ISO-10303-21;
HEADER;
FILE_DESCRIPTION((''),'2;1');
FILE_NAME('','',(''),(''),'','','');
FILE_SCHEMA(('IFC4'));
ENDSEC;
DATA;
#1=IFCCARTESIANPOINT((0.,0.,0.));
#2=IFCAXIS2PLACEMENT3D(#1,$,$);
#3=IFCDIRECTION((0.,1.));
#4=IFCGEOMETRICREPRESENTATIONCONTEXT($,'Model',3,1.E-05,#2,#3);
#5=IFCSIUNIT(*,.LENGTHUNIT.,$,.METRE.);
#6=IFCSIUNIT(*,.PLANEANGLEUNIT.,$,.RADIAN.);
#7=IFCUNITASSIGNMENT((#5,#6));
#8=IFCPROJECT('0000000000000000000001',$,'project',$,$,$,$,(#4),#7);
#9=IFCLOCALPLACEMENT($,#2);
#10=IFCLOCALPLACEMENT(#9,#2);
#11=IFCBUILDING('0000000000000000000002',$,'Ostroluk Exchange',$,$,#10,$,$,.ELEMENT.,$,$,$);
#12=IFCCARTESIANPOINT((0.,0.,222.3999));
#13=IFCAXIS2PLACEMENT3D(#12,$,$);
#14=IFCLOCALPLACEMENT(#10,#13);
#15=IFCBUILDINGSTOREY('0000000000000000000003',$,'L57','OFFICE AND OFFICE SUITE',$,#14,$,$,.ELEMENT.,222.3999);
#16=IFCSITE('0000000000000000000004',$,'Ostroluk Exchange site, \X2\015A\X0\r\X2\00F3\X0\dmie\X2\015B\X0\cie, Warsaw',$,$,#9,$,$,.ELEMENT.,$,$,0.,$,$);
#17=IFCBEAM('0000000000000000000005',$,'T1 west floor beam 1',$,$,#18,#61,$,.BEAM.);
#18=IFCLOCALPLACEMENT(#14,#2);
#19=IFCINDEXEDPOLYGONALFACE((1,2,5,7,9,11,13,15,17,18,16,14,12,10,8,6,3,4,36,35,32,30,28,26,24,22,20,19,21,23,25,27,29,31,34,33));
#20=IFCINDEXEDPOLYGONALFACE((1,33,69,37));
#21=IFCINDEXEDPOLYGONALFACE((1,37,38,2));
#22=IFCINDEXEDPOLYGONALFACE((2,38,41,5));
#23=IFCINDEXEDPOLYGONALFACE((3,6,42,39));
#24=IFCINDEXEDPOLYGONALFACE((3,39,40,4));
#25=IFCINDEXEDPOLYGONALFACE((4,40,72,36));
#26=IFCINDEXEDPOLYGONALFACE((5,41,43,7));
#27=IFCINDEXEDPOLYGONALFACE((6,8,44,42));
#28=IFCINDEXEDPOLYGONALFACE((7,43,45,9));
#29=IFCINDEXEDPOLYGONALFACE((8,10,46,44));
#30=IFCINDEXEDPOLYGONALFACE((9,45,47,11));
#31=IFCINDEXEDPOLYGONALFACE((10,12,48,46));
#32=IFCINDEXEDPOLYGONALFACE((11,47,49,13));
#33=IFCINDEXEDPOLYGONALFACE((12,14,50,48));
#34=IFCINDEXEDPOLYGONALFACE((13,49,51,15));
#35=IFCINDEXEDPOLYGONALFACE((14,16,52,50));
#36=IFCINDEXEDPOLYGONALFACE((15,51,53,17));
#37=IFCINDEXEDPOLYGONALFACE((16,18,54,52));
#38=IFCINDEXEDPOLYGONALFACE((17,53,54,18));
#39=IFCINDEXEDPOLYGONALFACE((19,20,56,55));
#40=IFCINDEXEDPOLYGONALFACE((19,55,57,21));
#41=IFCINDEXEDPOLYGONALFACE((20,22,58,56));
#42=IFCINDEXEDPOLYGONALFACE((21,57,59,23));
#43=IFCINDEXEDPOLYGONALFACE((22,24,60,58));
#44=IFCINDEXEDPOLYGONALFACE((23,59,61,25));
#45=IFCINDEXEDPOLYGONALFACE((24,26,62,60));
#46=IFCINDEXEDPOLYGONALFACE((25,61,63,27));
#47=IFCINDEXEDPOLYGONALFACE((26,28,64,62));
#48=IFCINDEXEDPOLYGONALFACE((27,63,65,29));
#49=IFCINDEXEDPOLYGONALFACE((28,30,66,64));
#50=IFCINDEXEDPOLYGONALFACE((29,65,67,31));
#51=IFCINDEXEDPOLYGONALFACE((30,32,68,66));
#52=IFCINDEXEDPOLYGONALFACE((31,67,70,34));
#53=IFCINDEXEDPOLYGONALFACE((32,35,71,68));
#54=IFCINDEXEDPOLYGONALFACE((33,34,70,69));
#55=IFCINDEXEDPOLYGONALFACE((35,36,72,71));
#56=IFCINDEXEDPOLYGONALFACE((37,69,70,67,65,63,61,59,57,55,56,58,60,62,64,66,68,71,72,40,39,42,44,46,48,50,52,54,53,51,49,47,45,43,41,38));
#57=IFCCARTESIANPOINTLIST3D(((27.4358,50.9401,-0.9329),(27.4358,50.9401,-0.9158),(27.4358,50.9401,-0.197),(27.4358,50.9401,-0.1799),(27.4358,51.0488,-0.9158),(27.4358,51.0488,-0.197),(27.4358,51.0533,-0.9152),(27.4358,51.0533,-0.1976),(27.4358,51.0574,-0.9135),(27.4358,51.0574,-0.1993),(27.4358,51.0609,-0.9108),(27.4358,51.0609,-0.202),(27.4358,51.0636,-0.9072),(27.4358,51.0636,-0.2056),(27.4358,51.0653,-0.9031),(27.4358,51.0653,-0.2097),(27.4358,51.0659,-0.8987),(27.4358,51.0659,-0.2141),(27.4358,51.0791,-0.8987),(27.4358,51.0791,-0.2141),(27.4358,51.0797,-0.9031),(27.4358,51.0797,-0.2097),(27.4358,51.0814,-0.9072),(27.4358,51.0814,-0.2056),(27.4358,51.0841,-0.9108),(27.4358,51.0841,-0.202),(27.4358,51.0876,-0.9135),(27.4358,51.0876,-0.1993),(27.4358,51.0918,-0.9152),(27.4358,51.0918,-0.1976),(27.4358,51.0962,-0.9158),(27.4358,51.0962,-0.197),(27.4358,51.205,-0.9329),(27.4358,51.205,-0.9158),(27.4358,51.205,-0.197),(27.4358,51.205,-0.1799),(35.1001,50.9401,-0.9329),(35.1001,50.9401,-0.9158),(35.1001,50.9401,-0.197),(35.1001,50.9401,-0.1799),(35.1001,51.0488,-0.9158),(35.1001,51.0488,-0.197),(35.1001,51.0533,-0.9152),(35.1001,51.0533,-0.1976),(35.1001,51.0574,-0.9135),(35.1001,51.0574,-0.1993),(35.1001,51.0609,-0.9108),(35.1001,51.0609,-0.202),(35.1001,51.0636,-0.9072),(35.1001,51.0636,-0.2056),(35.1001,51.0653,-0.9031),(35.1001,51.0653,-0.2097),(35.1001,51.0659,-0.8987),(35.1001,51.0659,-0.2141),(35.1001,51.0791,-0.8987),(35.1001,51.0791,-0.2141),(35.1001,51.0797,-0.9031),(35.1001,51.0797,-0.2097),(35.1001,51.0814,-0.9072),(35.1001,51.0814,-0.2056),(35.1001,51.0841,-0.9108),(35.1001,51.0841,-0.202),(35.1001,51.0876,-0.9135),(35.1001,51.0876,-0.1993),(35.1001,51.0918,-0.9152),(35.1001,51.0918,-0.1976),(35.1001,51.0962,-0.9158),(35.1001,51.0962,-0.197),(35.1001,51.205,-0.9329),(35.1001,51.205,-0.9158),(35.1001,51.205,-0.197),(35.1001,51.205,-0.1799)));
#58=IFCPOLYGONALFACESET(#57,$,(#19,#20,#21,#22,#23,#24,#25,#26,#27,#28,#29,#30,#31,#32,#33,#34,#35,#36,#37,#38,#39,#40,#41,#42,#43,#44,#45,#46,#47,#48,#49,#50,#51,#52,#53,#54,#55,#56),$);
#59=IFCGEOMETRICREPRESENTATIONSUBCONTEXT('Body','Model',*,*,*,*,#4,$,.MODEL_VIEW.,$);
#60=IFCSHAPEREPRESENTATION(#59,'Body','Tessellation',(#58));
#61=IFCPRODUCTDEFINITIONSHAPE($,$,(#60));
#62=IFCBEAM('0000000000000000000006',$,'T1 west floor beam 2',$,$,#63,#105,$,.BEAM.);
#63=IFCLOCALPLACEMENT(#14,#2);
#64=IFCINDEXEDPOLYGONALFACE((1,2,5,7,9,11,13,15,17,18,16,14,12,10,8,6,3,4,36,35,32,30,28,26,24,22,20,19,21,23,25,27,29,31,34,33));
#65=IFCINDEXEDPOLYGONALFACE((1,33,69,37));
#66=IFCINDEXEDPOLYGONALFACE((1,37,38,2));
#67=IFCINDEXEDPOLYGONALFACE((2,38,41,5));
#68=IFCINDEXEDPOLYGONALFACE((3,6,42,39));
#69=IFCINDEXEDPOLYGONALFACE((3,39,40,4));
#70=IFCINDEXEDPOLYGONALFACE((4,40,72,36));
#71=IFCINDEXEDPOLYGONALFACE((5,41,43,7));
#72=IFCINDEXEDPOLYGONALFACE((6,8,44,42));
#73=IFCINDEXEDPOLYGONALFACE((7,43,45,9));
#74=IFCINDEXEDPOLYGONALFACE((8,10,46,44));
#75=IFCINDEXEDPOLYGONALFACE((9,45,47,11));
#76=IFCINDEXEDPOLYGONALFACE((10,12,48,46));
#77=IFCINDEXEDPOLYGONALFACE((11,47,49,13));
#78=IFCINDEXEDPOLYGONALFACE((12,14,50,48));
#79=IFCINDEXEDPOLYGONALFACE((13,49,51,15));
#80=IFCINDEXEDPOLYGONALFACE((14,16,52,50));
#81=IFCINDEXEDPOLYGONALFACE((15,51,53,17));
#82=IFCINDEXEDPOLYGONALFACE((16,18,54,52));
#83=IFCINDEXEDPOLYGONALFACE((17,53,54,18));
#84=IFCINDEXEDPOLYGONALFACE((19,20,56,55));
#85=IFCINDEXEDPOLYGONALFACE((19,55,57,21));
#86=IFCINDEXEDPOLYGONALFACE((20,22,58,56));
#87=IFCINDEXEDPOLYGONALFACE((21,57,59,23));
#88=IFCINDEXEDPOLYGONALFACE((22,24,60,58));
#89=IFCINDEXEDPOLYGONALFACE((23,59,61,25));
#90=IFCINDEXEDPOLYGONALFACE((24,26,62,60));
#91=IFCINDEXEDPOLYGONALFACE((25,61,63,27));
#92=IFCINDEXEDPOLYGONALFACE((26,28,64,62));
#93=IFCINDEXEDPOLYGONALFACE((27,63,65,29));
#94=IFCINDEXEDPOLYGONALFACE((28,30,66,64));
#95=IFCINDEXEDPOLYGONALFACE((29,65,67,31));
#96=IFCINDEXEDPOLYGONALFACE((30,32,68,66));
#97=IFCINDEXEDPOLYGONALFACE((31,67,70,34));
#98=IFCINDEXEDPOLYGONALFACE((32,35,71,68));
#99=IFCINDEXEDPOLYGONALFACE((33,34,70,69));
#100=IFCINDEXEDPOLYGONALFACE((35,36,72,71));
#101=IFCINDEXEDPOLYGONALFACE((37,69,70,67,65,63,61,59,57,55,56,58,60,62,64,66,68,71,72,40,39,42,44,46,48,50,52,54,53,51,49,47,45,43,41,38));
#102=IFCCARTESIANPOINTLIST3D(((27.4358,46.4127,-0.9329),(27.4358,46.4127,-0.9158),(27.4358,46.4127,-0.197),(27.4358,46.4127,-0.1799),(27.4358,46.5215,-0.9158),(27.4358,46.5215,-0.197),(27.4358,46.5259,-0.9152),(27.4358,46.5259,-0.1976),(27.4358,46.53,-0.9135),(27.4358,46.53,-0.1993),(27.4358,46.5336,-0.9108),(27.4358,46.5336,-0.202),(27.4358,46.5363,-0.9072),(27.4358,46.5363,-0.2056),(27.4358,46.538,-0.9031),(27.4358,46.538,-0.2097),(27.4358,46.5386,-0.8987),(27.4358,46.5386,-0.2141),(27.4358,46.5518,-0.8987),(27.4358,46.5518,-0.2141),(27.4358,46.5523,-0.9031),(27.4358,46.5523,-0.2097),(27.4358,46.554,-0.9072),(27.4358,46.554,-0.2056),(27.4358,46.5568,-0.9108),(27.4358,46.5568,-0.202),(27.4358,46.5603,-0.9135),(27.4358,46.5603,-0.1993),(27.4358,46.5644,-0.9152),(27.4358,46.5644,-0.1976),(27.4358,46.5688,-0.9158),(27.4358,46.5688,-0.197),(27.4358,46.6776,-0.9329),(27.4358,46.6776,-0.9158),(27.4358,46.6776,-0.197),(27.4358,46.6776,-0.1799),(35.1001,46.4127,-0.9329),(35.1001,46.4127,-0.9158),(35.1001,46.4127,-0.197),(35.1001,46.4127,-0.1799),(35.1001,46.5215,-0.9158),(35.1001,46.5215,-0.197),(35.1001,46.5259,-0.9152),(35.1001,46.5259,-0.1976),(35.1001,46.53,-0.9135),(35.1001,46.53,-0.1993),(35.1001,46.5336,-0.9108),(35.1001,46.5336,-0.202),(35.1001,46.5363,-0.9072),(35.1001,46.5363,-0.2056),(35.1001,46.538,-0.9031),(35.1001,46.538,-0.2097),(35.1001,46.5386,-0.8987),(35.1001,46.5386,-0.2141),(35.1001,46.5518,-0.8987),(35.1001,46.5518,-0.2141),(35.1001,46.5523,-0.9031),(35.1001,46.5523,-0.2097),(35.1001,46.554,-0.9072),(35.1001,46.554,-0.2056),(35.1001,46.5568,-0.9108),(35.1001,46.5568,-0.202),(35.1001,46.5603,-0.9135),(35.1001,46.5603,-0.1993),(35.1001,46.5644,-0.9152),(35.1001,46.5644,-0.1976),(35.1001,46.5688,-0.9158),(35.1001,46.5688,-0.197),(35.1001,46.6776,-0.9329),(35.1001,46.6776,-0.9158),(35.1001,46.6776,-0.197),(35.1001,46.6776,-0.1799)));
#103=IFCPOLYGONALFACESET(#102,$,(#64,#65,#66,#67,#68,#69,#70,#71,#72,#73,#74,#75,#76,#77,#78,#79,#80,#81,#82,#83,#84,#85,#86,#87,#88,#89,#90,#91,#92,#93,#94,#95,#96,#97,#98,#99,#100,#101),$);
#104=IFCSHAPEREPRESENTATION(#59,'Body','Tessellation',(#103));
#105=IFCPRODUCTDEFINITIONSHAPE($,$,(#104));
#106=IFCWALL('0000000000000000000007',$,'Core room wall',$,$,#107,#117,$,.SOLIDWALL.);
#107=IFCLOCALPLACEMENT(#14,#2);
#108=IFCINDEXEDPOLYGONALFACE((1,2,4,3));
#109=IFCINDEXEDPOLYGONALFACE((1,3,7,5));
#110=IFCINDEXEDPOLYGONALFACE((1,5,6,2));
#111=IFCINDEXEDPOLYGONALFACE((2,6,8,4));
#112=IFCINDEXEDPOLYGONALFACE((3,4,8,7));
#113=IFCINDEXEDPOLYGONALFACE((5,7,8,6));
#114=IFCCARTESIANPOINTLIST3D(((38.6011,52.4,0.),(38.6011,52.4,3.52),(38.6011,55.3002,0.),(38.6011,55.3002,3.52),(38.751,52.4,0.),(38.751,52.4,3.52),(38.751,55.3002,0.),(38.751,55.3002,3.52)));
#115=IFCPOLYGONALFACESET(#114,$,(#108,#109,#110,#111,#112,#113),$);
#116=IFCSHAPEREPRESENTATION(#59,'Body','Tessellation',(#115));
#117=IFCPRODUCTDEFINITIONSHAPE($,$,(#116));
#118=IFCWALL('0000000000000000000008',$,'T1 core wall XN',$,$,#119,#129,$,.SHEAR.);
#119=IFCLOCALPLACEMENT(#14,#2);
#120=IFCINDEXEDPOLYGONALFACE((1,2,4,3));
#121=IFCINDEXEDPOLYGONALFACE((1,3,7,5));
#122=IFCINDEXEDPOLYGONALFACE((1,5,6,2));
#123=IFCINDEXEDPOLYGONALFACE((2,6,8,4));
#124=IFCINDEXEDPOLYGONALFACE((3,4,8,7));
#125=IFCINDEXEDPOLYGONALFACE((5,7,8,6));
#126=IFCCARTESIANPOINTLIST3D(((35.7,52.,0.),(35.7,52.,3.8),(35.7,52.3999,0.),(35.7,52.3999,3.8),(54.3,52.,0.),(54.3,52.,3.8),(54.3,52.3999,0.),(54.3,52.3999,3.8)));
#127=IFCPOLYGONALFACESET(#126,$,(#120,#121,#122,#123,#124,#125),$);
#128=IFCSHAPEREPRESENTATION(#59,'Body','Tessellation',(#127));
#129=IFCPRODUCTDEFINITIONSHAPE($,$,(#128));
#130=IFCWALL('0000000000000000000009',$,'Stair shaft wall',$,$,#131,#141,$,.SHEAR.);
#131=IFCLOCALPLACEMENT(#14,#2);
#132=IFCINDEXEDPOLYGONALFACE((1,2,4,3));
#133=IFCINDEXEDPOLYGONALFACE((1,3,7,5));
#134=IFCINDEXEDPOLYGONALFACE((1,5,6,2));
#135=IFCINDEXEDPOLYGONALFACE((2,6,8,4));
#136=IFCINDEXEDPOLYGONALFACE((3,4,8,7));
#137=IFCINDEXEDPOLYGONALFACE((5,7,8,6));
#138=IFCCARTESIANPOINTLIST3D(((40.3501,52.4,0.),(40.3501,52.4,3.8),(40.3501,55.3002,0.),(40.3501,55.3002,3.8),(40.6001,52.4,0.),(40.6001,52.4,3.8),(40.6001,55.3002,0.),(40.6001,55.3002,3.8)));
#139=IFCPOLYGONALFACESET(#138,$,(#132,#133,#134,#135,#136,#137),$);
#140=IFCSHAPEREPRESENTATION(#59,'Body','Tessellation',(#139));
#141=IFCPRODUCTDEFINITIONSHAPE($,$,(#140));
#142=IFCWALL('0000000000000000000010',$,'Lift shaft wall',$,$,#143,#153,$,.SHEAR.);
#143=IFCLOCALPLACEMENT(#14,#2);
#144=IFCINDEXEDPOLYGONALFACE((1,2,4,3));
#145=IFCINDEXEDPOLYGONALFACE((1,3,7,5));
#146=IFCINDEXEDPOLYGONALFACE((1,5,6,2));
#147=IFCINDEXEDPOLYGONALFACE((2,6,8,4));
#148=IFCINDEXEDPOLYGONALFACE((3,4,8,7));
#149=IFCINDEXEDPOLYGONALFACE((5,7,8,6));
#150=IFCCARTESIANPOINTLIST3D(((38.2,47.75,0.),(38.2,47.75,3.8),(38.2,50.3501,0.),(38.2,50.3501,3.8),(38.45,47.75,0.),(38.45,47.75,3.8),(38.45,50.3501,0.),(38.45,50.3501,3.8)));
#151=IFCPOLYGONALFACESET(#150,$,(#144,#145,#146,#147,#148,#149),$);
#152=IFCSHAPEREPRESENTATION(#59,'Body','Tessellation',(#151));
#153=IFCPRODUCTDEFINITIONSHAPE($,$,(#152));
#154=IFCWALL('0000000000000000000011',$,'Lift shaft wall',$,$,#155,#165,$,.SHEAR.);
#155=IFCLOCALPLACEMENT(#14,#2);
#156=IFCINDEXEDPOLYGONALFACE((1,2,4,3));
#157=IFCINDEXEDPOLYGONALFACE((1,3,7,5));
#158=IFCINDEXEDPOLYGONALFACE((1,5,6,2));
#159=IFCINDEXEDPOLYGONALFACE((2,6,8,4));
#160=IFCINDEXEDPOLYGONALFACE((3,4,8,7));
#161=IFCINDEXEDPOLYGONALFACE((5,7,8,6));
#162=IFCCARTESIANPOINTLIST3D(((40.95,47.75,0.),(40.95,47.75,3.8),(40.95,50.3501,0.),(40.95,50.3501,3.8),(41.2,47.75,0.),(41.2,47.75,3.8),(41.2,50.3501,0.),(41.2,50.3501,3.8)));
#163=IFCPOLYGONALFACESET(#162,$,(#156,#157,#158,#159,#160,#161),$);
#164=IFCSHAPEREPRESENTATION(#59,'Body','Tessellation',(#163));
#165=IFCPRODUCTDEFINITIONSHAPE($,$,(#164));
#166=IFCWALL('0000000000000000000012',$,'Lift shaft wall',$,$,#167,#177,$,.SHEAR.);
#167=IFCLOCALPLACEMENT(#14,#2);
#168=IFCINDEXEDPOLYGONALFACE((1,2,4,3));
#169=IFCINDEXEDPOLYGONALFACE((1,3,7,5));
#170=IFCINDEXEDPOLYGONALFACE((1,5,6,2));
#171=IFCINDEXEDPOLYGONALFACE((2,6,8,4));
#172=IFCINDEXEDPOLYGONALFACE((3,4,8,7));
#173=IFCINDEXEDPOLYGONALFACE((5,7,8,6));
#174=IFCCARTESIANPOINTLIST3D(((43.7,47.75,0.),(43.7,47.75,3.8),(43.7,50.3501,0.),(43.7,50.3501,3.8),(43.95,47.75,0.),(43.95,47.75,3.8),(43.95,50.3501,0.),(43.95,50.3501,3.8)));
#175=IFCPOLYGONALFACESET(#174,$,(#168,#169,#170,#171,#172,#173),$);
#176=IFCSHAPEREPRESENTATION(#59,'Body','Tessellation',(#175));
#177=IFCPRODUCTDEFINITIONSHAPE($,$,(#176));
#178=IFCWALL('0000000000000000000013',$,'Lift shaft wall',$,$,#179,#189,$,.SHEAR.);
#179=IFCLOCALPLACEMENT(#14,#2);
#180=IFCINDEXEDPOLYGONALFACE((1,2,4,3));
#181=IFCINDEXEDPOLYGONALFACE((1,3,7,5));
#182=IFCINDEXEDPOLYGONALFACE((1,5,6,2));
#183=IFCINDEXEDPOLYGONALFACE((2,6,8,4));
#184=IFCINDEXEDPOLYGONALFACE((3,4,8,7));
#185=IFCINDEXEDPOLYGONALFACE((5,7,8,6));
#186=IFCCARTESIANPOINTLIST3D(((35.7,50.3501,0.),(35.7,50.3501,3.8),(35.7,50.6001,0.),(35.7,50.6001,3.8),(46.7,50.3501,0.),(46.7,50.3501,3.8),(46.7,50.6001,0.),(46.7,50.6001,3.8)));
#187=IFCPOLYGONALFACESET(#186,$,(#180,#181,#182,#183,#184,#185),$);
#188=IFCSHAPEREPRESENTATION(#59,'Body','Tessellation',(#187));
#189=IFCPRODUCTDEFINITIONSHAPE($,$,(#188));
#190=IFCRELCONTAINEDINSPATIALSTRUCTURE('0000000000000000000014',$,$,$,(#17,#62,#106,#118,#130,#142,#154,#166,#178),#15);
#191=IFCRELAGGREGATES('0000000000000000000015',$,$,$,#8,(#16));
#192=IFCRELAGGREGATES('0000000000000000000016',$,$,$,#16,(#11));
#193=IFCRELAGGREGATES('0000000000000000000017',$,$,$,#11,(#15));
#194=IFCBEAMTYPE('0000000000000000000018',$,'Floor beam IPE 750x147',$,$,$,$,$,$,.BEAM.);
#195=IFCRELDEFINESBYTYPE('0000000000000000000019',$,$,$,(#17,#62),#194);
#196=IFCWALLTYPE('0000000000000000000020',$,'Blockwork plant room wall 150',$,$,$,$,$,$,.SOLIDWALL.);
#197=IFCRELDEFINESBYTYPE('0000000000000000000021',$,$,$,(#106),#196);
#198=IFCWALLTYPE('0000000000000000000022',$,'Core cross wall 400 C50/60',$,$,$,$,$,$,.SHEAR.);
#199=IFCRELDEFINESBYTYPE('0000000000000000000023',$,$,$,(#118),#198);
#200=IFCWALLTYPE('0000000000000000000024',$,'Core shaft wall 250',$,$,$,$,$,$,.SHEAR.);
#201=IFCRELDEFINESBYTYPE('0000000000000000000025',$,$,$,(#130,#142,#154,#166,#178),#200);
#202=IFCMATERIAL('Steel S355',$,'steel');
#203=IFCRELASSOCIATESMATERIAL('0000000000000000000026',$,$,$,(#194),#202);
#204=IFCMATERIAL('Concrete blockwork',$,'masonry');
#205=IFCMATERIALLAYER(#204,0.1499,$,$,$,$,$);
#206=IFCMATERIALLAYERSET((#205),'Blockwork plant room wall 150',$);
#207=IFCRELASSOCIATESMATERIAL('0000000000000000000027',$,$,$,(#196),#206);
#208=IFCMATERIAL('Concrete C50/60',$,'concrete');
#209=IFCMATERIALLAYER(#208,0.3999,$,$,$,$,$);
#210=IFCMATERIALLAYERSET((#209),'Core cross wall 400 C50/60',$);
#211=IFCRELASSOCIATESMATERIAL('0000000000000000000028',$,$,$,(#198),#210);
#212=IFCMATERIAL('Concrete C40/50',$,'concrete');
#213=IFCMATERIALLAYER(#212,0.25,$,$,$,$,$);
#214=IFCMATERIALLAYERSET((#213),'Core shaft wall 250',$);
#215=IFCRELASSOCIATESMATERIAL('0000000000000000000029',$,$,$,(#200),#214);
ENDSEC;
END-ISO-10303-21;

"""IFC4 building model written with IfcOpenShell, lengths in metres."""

from ifc_helpers import new_model, si_unit, direction, frame, frame_2d, origin, origin_2d, place, context, subcontext, project, spatial, rectangle, i_section, extrude, material, layer, layer_set, material_profile, profile_set, type_object, element, save


model = new_model("IFC4")

# Units and contexts
model_context = context("Model", 3, precision=1e-05, world=origin(), true_north=direction((0.0, 1.0)))
body_context = subcontext(model_context, "Body", "Model", "MODEL_VIEW")
ifc_project = project(units=[si_unit("LENGTHUNIT", "METRE"), si_unit("PLANEANGLEUNIT", "RADIAN")], contexts=[model_context])

# Site, building, storey
site_placement = place(None, origin())
site = spatial("IfcSite", under=ifc_project, at=site_placement, Name="Ostroluk Exchange site, Śródmieście, Warsaw", CompositionType="ELEMENT", RefElevation=0.0)
building_placement = place(site_placement, origin())
building = spatial("IfcBuilding", under=site, at=building_placement, Name="Ostroluk Exchange", CompositionType="ELEMENT")
storey_placement = place(building_placement, frame((0.0, 0.0, 222.3999)))
storey = spatial("IfcBuildingStorey", under=building, at=storey_placement, Name="L57", Description="OFFICE AND OFFICE SUITE", CompositionType="ELEMENT", Elevation=222.3999)

# Beams
ifc_material_1 = material(Name="Steel S355", Category="steel")
ifc_material_profile = material_profile(ifc_material_1, i_section(OverallWidth=0.2649, OverallDepth=0.7529, WebThickness=0.0132, FlangeThickness=0.0171, FilletRadius=0.0171, at=origin_2d()), Name="IPE 750x147")
ifc_profile_set = profile_set([ifc_material_profile], Name="Steel S355")
beam_type = type_object("IfcBeamType", Name="Floor beam IPE 750x147", PredefinedType="BEAM", material=ifc_profile_set)
for number, where, z_axis, x_axis, name in (
    (1, (35.1001, 51.0725, -0.5564), (-1.0, 0.0, 0.0), (0.0, -1.0, 0.0), "T1 west floor beam 1"),
    (2, (35.1001, 46.5452, -0.5564), (-1.0, 0.0, 0.0), (0.0, -1.0, 0.0), "T1 west floor beam 2"),
):
    element("IfcBeam", number, at=place(storey_placement, frame(where, z_axis=z_axis, x_axis=x_axis)), inside=storey, type_object=beam_type, Name=name, PredefinedType="BEAM", context=body_context, shape_type="SweptSolid", body=[
        extrude(i_section(OverallWidth=0.2649, OverallDepth=0.7529, WebThickness=0.0132, FlangeThickness=0.0171, FilletRadius=0.0171, at=origin_2d()), origin(), (0.0, 0.0, 1.0), 7.6643),
    ])

# Walls
ifc_material_2 = material(Name="Concrete blockwork", Category="masonry")
ifc_layer_1 = layer(ifc_material_2, 0.1499)
ifc_layer_set_1 = layer_set([ifc_layer_1], Name="Blockwork plant room wall 150")
wall_type_1 = type_object("IfcWallType", Name="Blockwork plant room wall 150", PredefinedType="SOLIDWALL", material=ifc_layer_set_1)
wall_1_placement = place(storey_placement, frame((38.676, 52.3999, 0.0), z_axis=(0.0, 0.0, 1.0), x_axis=(0.0, 1.0, 0.0)))
element("IfcWall", 3, at=wall_1_placement, inside=storey, type_object=wall_type_1, Name="Core room wall", PredefinedType="SOLIDWALL", context=body_context, shape_type="SweptSolid", body=[
    extrude(rectangle(XDim=2.9001, YDim=0.1499, at=frame_2d((1.4502, 0.0))), origin(), (0.0, 0.0, 1.0), 3.52),
])
ifc_material_3 = material(Name="Concrete C50/60", Category="concrete")
ifc_layer_2 = layer(ifc_material_3, 0.3999)
ifc_layer_set_2 = layer_set([ifc_layer_2], Name="Core cross wall 400 C50/60")
wall_type_2 = type_object("IfcWallType", Name="Core cross wall 400 C50/60", PredefinedType="SHEAR", material=ifc_layer_set_2)
wall_2_placement = place(storey_placement, frame((35.7, 52.2, 0.0), z_axis=(0.0, 0.0, 1.0), x_axis=(1.0, 0.0, 0.0)))
element("IfcWall", 4, at=wall_2_placement, inside=storey, type_object=wall_type_2, Name="T1 core wall XN", PredefinedType="SHEAR", context=body_context, shape_type="SweptSolid", body=[
    extrude(rectangle(XDim=18.6001, YDim=0.3999, at=frame_2d((9.3, 0.0))), origin(), (0.0, 0.0, 1.0), 3.8),
])
ifc_material_4 = material(Name="Concrete C40/50", Category="concrete")
ifc_layer_3 = layer(ifc_material_4, 0.25)
ifc_layer_set_3 = layer_set([ifc_layer_3], Name="Core shaft wall 250")
wall_type_3 = type_object("IfcWallType", Name="Core shaft wall 250", PredefinedType="SHEAR", material=ifc_layer_set_3)
wall_3_placement = place(storey_placement, frame((40.4751, 52.3999, 0.0), z_axis=(0.0, 0.0, 1.0), x_axis=(0.0, 1.0, 0.0)))
element("IfcWall", 5, at=wall_3_placement, inside=storey, type_object=wall_type_3, Name="Stair shaft wall", PredefinedType="SHEAR", context=body_context, shape_type="SweptSolid", body=[
    extrude(rectangle(XDim=2.9001, YDim=0.25, at=frame_2d((1.4502, 0.0))), origin(), (0.0, 0.0, 1.0), 3.8),
])
for number, where, z_axis, x_axis, name in (
    (6, (38.325, 47.75, 0.0), (0.0, 0.0, 1.0), (0.0, 1.0, 0.0), "Lift shaft wall"),
    (7, (41.075, 47.75, 0.0), (0.0, 0.0, 1.0), (0.0, 1.0, 0.0), "Lift shaft wall"),
    (8, (43.825, 47.75, 0.0), (0.0, 0.0, 1.0), (0.0, 1.0, 0.0), "Lift shaft wall"),
):
    element("IfcWall", number, at=place(storey_placement, frame(where, z_axis=z_axis, x_axis=x_axis)), inside=storey, type_object=wall_type_3, Name=name, PredefinedType="SHEAR", context=body_context, shape_type="SweptSolid", body=[
        extrude(rectangle(XDim=2.6001, YDim=0.25, at=frame_2d((1.3, 0.0))), origin(), (0.0, 0.0, 1.0), 3.8),
    ])
wall_4_placement = place(storey_placement, frame((35.7, 50.4751, 0.0), z_axis=(0.0, 0.0, 1.0), x_axis=(1.0, 0.0, 0.0)))
element("IfcWall", 9, at=wall_4_placement, inside=storey, type_object=wall_type_3, Name="Lift shaft wall", PredefinedType="SHEAR", context=body_context, shape_type="SweptSolid", body=[
    extrude(rectangle(XDim=11.0, YDim=0.25, at=frame_2d((5.5, 0.0))), origin(), (0.0, 0.0, 1.0), 3.8),
])

save(model, "model.ifc")
